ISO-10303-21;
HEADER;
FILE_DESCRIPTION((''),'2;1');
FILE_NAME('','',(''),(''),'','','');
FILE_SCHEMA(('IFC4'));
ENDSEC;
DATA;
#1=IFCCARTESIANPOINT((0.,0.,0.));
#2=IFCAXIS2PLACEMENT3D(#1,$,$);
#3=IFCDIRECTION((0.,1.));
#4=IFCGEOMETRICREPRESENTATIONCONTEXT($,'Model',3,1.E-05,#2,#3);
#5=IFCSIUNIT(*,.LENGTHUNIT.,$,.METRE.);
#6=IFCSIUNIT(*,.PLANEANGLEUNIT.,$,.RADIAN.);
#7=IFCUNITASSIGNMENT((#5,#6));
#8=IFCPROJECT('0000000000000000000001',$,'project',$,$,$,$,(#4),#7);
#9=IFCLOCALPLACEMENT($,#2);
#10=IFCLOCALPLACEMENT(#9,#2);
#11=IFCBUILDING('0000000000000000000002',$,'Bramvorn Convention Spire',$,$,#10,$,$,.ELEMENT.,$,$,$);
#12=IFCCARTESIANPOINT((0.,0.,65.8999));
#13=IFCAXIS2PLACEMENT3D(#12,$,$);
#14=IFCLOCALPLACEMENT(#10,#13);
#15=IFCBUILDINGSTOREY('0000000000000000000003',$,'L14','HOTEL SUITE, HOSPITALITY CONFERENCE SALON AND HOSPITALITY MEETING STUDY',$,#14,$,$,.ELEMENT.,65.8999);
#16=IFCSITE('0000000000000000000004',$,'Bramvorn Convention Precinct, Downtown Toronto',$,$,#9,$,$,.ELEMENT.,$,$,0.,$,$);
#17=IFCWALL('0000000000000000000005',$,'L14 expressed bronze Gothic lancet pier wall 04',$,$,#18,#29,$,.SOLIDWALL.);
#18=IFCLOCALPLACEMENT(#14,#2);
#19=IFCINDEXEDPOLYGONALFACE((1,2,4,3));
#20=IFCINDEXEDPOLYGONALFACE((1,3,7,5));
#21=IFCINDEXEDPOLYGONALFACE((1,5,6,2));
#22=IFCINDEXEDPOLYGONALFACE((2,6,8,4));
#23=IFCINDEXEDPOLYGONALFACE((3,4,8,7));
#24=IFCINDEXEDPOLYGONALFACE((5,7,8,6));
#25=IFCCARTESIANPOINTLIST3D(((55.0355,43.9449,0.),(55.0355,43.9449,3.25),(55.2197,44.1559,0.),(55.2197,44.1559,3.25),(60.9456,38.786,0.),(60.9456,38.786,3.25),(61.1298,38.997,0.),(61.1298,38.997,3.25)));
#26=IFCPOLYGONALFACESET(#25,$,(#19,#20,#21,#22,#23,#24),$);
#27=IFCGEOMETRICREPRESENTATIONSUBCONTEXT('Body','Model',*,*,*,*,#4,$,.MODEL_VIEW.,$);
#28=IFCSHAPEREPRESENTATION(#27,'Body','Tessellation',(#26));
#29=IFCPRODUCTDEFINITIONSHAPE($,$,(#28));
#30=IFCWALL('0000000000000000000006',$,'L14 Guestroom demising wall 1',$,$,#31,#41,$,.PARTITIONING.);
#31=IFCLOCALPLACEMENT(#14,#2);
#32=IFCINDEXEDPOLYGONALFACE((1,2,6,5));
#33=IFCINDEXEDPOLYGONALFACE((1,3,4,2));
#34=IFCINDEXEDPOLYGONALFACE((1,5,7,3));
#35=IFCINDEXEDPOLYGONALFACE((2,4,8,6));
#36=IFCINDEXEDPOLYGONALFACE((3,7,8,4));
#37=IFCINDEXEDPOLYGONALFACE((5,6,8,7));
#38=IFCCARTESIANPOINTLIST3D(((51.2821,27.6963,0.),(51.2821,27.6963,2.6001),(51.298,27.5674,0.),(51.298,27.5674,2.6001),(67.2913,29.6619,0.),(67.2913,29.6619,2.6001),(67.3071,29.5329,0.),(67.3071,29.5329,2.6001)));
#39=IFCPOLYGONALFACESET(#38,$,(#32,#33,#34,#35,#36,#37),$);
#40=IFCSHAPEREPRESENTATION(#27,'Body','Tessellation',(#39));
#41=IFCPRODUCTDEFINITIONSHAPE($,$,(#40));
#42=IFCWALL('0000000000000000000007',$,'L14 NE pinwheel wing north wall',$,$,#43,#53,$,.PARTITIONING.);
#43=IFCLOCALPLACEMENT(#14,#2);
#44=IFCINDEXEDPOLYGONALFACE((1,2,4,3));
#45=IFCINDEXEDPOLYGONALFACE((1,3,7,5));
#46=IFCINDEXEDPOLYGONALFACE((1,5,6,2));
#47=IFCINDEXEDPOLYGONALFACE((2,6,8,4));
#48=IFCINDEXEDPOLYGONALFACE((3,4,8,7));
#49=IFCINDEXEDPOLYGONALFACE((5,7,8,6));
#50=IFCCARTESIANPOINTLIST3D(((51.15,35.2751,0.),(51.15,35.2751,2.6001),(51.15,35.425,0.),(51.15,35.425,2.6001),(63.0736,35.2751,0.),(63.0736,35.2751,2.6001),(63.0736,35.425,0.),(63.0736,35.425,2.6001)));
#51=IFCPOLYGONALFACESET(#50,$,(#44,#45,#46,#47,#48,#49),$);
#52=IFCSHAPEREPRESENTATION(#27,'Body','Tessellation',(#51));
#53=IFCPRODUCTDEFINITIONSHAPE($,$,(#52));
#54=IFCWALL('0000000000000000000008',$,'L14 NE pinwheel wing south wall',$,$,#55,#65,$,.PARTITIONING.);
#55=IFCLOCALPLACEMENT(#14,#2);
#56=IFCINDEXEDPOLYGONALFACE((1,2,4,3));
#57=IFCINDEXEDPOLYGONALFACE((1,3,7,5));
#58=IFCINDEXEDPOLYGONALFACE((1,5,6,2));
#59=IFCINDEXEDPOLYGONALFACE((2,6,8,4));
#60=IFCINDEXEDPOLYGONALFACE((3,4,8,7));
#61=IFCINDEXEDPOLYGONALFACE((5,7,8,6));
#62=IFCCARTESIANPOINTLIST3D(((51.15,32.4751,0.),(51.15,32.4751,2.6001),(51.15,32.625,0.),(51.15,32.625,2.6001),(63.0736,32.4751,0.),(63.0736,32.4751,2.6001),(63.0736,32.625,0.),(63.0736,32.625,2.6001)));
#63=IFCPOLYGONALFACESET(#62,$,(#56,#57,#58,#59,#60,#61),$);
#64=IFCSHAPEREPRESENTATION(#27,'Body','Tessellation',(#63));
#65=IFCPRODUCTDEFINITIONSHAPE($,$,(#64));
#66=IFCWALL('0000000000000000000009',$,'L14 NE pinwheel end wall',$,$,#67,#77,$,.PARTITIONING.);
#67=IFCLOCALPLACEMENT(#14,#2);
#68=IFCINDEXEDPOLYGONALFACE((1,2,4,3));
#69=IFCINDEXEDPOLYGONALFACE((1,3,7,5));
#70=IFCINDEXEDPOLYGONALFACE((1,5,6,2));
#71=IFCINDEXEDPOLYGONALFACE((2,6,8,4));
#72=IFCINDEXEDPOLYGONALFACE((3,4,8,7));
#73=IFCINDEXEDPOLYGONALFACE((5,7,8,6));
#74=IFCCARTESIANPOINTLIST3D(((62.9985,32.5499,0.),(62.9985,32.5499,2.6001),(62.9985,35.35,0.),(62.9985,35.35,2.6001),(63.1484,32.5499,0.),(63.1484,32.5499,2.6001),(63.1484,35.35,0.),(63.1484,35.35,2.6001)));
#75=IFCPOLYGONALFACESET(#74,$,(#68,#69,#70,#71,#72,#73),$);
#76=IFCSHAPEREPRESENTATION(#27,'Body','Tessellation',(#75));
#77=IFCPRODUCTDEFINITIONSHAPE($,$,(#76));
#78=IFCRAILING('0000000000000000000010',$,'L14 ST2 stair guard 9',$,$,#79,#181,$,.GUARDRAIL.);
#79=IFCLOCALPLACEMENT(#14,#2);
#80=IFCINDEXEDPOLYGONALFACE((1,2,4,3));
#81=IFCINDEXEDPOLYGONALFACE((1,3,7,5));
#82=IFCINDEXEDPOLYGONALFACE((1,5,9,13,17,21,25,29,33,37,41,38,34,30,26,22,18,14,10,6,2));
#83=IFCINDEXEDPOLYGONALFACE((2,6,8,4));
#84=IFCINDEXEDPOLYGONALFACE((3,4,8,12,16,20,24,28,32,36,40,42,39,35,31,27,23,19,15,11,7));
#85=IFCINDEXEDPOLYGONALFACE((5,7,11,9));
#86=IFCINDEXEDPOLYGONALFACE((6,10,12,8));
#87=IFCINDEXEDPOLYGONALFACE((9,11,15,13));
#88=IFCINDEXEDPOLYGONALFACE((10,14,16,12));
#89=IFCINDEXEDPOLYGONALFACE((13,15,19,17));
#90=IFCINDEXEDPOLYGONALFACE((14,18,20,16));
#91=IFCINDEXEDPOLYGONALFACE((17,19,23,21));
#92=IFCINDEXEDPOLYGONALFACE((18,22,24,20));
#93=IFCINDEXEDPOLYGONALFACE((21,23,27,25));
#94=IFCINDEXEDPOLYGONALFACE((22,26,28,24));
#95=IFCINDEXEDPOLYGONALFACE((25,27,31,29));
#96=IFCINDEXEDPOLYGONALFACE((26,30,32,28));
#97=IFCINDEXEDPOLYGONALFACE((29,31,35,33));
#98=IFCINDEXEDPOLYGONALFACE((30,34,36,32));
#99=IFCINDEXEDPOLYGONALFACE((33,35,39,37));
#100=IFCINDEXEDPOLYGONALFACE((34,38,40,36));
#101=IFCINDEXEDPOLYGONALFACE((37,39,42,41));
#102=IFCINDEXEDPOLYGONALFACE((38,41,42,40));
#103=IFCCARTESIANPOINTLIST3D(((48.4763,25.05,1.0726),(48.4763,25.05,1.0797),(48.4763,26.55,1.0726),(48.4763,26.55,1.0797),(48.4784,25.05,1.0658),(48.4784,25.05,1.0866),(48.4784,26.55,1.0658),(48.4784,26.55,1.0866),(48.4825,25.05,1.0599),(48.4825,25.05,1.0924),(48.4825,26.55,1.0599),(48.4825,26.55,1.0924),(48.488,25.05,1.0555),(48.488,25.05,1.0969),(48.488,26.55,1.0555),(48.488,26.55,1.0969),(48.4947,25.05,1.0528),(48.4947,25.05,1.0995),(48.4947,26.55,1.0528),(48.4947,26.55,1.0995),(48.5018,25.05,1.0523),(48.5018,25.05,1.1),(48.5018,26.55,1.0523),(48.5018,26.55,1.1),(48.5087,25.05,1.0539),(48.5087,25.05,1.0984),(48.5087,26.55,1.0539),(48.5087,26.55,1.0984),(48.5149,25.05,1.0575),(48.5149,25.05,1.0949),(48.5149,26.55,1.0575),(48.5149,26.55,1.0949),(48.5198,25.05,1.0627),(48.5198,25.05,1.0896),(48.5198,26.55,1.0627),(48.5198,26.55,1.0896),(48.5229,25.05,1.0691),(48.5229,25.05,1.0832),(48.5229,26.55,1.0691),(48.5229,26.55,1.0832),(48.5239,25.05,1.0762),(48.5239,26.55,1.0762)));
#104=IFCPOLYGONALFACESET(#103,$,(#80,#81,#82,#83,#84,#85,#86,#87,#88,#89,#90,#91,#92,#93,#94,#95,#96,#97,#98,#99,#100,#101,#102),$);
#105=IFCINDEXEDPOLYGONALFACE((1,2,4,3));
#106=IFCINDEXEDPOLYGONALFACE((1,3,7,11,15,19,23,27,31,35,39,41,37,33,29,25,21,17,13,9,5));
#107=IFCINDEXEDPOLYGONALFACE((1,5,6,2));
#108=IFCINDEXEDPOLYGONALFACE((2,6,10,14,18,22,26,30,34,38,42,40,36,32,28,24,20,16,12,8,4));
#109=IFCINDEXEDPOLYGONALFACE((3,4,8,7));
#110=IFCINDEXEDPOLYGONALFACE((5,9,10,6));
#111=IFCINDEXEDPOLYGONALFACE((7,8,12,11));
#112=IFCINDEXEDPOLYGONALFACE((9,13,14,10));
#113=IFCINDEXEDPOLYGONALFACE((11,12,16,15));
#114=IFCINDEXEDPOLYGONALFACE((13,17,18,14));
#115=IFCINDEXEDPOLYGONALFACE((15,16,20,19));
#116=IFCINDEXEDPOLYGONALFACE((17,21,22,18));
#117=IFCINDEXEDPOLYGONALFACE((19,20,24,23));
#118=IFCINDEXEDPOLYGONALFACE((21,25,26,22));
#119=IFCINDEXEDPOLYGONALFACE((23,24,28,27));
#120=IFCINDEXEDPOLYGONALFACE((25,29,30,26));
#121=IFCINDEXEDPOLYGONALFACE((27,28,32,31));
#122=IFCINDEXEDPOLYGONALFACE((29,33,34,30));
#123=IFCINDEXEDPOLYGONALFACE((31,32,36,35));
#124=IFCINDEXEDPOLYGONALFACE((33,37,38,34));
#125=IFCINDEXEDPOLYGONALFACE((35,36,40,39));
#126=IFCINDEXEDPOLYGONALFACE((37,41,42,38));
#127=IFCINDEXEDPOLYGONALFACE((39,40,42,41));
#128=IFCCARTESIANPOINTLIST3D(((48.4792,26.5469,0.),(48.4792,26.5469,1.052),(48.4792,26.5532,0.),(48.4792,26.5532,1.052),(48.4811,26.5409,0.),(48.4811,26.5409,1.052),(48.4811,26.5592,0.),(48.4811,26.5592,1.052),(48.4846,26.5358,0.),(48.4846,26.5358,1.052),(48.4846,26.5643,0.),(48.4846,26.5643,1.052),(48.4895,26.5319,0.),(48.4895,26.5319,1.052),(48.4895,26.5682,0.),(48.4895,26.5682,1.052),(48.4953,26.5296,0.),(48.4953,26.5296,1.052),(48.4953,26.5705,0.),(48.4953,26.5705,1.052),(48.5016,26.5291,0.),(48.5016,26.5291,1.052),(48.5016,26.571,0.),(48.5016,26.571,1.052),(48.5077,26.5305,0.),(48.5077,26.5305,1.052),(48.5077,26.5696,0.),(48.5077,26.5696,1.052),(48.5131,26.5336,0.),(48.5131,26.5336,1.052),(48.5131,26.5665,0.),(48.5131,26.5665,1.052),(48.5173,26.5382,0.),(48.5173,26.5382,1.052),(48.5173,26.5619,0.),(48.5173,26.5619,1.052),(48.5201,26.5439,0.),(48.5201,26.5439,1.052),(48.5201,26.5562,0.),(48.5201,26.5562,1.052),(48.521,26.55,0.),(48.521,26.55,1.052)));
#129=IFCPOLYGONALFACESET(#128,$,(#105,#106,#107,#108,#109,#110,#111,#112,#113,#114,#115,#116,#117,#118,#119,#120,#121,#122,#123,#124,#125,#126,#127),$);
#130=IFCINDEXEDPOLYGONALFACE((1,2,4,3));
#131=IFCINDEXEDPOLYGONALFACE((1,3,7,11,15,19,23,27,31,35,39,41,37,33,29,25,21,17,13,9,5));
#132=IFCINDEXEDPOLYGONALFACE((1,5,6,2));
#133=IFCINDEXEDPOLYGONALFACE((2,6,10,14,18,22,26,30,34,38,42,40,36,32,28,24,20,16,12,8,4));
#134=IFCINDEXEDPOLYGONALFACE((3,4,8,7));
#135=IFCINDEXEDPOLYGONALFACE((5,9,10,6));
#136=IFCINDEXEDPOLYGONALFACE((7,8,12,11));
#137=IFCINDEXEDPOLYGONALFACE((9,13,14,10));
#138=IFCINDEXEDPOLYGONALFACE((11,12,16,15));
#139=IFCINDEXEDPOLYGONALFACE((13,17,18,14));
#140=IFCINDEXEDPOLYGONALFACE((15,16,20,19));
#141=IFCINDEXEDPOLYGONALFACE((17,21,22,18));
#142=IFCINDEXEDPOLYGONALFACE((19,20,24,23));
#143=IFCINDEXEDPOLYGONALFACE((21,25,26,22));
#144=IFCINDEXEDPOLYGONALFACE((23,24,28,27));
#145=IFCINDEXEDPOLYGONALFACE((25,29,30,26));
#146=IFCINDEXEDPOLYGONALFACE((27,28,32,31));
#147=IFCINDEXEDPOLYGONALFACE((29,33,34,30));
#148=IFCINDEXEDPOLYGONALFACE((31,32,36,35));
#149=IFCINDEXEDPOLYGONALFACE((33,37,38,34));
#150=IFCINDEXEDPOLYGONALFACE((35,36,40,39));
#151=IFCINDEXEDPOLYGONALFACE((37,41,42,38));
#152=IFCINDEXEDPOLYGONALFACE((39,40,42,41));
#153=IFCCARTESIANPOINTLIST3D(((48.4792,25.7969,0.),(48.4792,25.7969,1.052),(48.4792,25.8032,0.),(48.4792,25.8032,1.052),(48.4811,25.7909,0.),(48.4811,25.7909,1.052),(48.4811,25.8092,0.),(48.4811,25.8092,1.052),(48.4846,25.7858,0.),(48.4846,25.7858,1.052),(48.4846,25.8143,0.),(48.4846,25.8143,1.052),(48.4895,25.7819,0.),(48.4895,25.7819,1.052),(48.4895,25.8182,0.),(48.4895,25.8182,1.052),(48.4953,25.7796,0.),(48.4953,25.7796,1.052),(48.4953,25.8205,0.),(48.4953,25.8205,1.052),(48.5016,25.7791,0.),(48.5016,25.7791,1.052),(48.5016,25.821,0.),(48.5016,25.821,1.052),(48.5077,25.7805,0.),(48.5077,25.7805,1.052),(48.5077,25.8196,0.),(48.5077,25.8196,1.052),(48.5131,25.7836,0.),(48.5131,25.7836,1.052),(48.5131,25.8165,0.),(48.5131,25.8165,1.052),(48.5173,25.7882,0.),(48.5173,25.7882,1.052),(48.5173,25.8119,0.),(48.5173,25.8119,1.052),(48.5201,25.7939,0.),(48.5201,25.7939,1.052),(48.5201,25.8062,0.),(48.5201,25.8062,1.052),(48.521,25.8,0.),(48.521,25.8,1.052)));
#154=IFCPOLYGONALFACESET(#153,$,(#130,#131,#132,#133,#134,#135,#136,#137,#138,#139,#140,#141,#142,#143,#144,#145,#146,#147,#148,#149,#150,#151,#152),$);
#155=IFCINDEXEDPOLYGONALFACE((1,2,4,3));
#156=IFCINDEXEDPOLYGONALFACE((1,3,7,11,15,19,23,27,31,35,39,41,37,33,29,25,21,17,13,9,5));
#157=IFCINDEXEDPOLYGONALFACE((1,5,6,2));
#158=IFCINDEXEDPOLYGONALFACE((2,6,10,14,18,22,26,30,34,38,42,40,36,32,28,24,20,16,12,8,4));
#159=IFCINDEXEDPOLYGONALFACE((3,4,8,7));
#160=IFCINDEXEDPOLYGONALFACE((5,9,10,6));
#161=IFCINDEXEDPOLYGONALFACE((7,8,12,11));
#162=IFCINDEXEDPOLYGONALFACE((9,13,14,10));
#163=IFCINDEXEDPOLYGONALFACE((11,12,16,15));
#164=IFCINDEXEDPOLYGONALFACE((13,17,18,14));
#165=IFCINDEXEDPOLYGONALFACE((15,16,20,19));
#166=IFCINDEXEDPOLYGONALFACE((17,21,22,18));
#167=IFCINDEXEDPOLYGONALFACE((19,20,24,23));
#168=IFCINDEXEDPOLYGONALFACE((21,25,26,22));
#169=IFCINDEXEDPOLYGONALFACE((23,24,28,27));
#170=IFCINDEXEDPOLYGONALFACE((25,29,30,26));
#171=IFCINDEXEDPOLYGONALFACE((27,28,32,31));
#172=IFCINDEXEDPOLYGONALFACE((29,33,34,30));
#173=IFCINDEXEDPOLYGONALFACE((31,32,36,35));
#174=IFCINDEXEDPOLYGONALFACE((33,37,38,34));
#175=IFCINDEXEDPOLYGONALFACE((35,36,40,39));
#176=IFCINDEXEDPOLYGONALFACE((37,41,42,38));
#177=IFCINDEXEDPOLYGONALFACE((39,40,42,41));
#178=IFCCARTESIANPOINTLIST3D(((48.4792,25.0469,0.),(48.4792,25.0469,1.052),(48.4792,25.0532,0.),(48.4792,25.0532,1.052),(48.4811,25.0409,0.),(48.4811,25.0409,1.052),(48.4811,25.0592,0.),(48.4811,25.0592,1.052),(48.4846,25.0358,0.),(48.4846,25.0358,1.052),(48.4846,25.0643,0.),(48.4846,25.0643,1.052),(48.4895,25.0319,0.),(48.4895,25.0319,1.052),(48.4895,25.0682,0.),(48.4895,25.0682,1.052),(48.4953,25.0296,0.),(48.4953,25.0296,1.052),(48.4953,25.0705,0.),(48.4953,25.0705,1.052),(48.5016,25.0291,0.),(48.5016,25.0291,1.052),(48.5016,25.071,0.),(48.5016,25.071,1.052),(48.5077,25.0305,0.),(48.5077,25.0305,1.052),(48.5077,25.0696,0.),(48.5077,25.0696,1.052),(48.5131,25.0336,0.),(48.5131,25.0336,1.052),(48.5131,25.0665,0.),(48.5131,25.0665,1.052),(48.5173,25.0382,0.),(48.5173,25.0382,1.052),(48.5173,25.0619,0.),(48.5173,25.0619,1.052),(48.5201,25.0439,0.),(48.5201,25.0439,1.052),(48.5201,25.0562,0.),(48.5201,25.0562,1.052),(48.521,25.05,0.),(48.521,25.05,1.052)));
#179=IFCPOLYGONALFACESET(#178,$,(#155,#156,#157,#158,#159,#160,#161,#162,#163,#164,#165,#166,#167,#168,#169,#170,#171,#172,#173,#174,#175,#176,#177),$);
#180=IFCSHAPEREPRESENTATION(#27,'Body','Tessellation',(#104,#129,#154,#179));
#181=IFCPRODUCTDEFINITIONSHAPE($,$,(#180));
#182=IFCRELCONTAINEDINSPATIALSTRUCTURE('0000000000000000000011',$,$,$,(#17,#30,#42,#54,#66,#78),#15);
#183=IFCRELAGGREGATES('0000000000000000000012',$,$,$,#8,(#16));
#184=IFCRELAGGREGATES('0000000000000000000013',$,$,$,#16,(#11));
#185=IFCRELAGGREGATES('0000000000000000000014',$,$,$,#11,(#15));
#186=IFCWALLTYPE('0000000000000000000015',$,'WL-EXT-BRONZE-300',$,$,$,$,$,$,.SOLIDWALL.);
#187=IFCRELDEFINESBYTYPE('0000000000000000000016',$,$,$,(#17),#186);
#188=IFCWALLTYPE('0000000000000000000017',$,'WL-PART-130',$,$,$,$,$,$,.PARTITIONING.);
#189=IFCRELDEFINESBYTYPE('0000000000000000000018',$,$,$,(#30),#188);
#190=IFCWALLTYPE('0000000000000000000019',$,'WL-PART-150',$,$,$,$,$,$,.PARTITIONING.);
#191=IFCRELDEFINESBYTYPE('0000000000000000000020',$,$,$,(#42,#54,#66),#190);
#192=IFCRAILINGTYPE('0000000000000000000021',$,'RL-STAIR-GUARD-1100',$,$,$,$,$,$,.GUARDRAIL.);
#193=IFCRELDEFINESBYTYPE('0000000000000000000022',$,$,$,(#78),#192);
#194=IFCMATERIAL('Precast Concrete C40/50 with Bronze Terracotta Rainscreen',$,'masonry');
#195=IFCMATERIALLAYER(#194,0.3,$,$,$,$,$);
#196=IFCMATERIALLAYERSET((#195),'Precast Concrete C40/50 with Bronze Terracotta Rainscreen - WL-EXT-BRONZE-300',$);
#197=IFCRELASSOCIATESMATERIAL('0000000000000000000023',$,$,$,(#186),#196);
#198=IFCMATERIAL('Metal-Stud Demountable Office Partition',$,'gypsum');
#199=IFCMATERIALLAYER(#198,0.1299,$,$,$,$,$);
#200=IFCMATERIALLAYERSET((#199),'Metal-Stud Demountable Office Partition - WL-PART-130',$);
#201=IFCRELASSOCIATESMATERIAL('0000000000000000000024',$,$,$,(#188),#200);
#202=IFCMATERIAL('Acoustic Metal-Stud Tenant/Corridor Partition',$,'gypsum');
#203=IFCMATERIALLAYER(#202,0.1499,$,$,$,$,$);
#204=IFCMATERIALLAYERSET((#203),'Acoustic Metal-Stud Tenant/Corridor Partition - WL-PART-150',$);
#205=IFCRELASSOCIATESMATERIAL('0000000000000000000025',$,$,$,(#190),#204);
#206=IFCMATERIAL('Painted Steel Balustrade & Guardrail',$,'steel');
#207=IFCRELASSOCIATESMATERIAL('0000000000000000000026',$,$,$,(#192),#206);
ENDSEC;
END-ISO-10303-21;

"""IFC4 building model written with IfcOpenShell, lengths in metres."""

from ifc_helpers import new_model, si_unit, direction, frame, frame_2d, origin, origin_2d, place, context, subcontext, project, spatial, rectangle, circle, extrude, material, layer, layer_set, type_object, element, save


model = new_model("IFC4")

# Units and contexts
model_context = context("Model", 3, precision=1e-05, world=origin(), true_north=direction((0.0, 1.0)))
body_context = subcontext(model_context, "Body", "Model", "MODEL_VIEW")
ifc_project = project(units=[si_unit("LENGTHUNIT", "METRE"), si_unit("PLANEANGLEUNIT", "RADIAN")], contexts=[model_context])

# Site, building, storey
site_placement = place(None, origin())
site = spatial("IfcSite", under=ifc_project, at=site_placement, Name="Bramvorn Convention Precinct, Downtown Toronto", CompositionType="ELEMENT", RefElevation=0.0)
building_placement = place(site_placement, origin())
building = spatial("IfcBuilding", under=site, at=building_placement, Name="Bramvorn Convention Spire", CompositionType="ELEMENT")
storey_placement = place(building_placement, frame((0.0, 0.0, 65.8999)))
storey = spatial("IfcBuildingStorey", under=building, at=storey_placement, Name="L14", Description="HOTEL SUITE, HOSPITALITY CONFERENCE SALON AND HOSPITALITY MEETING STUDY", CompositionType="ELEMENT", Elevation=65.8999)

# Walls
ifc_material_1 = material(Name="Precast Concrete C40/50 with Bronze Terracotta Rainscreen", Category="masonry")
ifc_layer_1 = layer(ifc_material_1, 0.3)
ifc_layer_set_1 = layer_set([ifc_layer_1], Name="Precast Concrete C40/50 with Bronze Terracotta Rainscreen - WL-EXT-BRONZE-300")
wall_type_1 = type_object("IfcWallType", Name="WL-EXT-BRONZE-300", PredefinedType="SOLIDWALL", material=ifc_layer_set_1)
wall_1_placement = place(storey_placement, frame((55.1277, 44.0503, 0.0), z_axis=(0.0, 0.0, 1.0), x_axis=(0.753363, -0.657605, 0.0)))
element("IfcWall", 1, at=wall_1_placement, inside=storey, type_object=wall_type_1, Name="L14 expressed bronze Gothic lancet pier wall 04", PredefinedType="SOLIDWALL", context=body_context, shape_type="SweptSolid", body=[
    extrude(rectangle(XDim=7.845, YDim=0.28, at=frame_2d((3.9224, 0.0))), origin(), (0.0, 0.0, 1.0), 3.25),
])
ifc_material_2 = material(Name="Metal-Stud Demountable Office Partition", Category="gypsum")
ifc_layer_2 = layer(ifc_material_2, 0.1299)
ifc_layer_set_2 = layer_set([ifc_layer_2], Name="Metal-Stud Demountable Office Partition - WL-PART-130")
wall_type_2 = type_object("IfcWallType", Name="WL-PART-130", PredefinedType="PARTITIONING", material=ifc_layer_set_2)
wall_2_placement = place(storey_placement, frame((51.29, 27.6318, 0.0), z_axis=(0.0, 0.0, 1.0), x_axis=(0.992547, 0.121862, 0.0)))
element("IfcWall", 2, at=wall_2_placement, inside=storey, type_object=wall_type_2, Name="L14 Guestroom demising wall 1", PredefinedType="PARTITIONING", context=body_context, shape_type="SweptSolid", body=[
    extrude(rectangle(XDim=16.1294, YDim=0.1299, at=frame_2d((8.0647, 0.0))), origin(), (0.0, 0.0, 1.0), 2.6001),
])
ifc_material_3 = material(Name="Acoustic Metal-Stud Tenant/Corridor Partition", Category="gypsum")
ifc_layer_3 = layer(ifc_material_3, 0.1499)
ifc_layer_set_3 = layer_set([ifc_layer_3], Name="Acoustic Metal-Stud Tenant/Corridor Partition - WL-PART-150")
wall_type_3 = type_object("IfcWallType", Name="WL-PART-150", PredefinedType="PARTITIONING", material=ifc_layer_set_3)
for number, where, z_axis, x_axis, name in (
    (3, (51.1499, 35.3501, 0.0), (0.0, 0.0, 1.0), (1.0, 0.0, 0.0), "L14 NE pinwheel wing north wall"),
    (4, (51.1499, 32.55, 0.0), (0.0, 0.0, 1.0), (1.0, 0.0, 0.0), "L14 NE pinwheel wing south wall"),
):
    element("IfcWall", number, at=place(storey_placement, frame(where, z_axis=z_axis, x_axis=x_axis)), inside=storey, type_object=wall_type_3, Name=name, PredefinedType="PARTITIONING", context=body_context, shape_type="SweptSolid", body=[
        extrude(rectangle(XDim=11.9236, YDim=0.1499, at=frame_2d((5.9619, 0.0))), origin(), (0.0, 0.0, 1.0), 2.6001),
    ])
wall_3_placement = place(storey_placement, frame((63.0735, 32.55, 0.0), z_axis=(0.0, 0.0, 1.0), x_axis=(0.0, 1.0, 0.0)))
element("IfcWall", 5, at=wall_3_placement, inside=storey, type_object=wall_type_3, Name="L14 NE pinwheel end wall", PredefinedType="PARTITIONING", context=body_context, shape_type="SweptSolid", body=[
    extrude(rectangle(XDim=2.8, YDim=0.1499, at=frame_2d((1.3999, 0.0))), origin(), (0.0, 0.0, 1.0), 2.6001),
])

# Railing
ifc_material_4 = material(Name="Painted Steel Balustrade & Guardrail", Category="steel")
railing_type = type_object("IfcRailingType", Name="RL-STAIR-GUARD-1100", PredefinedType="GUARDRAIL", material=ifc_material_4)
railing_1_placement = place(storey_placement, frame((48.5, 26.55, 0.0)))
element("IfcRailing", 6, at=railing_1_placement, inside=storey, type_object=railing_type, Name="L14 ST2 stair guard 9", PredefinedType="GUARDRAIL", context=body_context, shape_type="SweptSolid", body=[
    extrude(circle(Radius=0.0239, at=origin_2d()), frame((0.0, 0.0, 1.0762), z_axis=(0.0, -1.0, 0.0), x_axis=(1.0, 0.0, 0.0)), (0.0, 0.0, 1.0), 1.5),
    extrude(circle(Radius=0.021, at=origin_2d()), origin(), (0.0, 0.0, 1.0), 1.052),
    extrude(circle(Radius=0.021, at=origin_2d()), frame((0.0, -0.75, 0.0)), (0.0, 0.0, 1.0), 1.052),
    extrude(circle(Radius=0.021, at=origin_2d()), frame((0.0, -1.5, 0.0)), (0.0, 0.0, 1.0), 1.052),
])

save(model, "model.ifc")
